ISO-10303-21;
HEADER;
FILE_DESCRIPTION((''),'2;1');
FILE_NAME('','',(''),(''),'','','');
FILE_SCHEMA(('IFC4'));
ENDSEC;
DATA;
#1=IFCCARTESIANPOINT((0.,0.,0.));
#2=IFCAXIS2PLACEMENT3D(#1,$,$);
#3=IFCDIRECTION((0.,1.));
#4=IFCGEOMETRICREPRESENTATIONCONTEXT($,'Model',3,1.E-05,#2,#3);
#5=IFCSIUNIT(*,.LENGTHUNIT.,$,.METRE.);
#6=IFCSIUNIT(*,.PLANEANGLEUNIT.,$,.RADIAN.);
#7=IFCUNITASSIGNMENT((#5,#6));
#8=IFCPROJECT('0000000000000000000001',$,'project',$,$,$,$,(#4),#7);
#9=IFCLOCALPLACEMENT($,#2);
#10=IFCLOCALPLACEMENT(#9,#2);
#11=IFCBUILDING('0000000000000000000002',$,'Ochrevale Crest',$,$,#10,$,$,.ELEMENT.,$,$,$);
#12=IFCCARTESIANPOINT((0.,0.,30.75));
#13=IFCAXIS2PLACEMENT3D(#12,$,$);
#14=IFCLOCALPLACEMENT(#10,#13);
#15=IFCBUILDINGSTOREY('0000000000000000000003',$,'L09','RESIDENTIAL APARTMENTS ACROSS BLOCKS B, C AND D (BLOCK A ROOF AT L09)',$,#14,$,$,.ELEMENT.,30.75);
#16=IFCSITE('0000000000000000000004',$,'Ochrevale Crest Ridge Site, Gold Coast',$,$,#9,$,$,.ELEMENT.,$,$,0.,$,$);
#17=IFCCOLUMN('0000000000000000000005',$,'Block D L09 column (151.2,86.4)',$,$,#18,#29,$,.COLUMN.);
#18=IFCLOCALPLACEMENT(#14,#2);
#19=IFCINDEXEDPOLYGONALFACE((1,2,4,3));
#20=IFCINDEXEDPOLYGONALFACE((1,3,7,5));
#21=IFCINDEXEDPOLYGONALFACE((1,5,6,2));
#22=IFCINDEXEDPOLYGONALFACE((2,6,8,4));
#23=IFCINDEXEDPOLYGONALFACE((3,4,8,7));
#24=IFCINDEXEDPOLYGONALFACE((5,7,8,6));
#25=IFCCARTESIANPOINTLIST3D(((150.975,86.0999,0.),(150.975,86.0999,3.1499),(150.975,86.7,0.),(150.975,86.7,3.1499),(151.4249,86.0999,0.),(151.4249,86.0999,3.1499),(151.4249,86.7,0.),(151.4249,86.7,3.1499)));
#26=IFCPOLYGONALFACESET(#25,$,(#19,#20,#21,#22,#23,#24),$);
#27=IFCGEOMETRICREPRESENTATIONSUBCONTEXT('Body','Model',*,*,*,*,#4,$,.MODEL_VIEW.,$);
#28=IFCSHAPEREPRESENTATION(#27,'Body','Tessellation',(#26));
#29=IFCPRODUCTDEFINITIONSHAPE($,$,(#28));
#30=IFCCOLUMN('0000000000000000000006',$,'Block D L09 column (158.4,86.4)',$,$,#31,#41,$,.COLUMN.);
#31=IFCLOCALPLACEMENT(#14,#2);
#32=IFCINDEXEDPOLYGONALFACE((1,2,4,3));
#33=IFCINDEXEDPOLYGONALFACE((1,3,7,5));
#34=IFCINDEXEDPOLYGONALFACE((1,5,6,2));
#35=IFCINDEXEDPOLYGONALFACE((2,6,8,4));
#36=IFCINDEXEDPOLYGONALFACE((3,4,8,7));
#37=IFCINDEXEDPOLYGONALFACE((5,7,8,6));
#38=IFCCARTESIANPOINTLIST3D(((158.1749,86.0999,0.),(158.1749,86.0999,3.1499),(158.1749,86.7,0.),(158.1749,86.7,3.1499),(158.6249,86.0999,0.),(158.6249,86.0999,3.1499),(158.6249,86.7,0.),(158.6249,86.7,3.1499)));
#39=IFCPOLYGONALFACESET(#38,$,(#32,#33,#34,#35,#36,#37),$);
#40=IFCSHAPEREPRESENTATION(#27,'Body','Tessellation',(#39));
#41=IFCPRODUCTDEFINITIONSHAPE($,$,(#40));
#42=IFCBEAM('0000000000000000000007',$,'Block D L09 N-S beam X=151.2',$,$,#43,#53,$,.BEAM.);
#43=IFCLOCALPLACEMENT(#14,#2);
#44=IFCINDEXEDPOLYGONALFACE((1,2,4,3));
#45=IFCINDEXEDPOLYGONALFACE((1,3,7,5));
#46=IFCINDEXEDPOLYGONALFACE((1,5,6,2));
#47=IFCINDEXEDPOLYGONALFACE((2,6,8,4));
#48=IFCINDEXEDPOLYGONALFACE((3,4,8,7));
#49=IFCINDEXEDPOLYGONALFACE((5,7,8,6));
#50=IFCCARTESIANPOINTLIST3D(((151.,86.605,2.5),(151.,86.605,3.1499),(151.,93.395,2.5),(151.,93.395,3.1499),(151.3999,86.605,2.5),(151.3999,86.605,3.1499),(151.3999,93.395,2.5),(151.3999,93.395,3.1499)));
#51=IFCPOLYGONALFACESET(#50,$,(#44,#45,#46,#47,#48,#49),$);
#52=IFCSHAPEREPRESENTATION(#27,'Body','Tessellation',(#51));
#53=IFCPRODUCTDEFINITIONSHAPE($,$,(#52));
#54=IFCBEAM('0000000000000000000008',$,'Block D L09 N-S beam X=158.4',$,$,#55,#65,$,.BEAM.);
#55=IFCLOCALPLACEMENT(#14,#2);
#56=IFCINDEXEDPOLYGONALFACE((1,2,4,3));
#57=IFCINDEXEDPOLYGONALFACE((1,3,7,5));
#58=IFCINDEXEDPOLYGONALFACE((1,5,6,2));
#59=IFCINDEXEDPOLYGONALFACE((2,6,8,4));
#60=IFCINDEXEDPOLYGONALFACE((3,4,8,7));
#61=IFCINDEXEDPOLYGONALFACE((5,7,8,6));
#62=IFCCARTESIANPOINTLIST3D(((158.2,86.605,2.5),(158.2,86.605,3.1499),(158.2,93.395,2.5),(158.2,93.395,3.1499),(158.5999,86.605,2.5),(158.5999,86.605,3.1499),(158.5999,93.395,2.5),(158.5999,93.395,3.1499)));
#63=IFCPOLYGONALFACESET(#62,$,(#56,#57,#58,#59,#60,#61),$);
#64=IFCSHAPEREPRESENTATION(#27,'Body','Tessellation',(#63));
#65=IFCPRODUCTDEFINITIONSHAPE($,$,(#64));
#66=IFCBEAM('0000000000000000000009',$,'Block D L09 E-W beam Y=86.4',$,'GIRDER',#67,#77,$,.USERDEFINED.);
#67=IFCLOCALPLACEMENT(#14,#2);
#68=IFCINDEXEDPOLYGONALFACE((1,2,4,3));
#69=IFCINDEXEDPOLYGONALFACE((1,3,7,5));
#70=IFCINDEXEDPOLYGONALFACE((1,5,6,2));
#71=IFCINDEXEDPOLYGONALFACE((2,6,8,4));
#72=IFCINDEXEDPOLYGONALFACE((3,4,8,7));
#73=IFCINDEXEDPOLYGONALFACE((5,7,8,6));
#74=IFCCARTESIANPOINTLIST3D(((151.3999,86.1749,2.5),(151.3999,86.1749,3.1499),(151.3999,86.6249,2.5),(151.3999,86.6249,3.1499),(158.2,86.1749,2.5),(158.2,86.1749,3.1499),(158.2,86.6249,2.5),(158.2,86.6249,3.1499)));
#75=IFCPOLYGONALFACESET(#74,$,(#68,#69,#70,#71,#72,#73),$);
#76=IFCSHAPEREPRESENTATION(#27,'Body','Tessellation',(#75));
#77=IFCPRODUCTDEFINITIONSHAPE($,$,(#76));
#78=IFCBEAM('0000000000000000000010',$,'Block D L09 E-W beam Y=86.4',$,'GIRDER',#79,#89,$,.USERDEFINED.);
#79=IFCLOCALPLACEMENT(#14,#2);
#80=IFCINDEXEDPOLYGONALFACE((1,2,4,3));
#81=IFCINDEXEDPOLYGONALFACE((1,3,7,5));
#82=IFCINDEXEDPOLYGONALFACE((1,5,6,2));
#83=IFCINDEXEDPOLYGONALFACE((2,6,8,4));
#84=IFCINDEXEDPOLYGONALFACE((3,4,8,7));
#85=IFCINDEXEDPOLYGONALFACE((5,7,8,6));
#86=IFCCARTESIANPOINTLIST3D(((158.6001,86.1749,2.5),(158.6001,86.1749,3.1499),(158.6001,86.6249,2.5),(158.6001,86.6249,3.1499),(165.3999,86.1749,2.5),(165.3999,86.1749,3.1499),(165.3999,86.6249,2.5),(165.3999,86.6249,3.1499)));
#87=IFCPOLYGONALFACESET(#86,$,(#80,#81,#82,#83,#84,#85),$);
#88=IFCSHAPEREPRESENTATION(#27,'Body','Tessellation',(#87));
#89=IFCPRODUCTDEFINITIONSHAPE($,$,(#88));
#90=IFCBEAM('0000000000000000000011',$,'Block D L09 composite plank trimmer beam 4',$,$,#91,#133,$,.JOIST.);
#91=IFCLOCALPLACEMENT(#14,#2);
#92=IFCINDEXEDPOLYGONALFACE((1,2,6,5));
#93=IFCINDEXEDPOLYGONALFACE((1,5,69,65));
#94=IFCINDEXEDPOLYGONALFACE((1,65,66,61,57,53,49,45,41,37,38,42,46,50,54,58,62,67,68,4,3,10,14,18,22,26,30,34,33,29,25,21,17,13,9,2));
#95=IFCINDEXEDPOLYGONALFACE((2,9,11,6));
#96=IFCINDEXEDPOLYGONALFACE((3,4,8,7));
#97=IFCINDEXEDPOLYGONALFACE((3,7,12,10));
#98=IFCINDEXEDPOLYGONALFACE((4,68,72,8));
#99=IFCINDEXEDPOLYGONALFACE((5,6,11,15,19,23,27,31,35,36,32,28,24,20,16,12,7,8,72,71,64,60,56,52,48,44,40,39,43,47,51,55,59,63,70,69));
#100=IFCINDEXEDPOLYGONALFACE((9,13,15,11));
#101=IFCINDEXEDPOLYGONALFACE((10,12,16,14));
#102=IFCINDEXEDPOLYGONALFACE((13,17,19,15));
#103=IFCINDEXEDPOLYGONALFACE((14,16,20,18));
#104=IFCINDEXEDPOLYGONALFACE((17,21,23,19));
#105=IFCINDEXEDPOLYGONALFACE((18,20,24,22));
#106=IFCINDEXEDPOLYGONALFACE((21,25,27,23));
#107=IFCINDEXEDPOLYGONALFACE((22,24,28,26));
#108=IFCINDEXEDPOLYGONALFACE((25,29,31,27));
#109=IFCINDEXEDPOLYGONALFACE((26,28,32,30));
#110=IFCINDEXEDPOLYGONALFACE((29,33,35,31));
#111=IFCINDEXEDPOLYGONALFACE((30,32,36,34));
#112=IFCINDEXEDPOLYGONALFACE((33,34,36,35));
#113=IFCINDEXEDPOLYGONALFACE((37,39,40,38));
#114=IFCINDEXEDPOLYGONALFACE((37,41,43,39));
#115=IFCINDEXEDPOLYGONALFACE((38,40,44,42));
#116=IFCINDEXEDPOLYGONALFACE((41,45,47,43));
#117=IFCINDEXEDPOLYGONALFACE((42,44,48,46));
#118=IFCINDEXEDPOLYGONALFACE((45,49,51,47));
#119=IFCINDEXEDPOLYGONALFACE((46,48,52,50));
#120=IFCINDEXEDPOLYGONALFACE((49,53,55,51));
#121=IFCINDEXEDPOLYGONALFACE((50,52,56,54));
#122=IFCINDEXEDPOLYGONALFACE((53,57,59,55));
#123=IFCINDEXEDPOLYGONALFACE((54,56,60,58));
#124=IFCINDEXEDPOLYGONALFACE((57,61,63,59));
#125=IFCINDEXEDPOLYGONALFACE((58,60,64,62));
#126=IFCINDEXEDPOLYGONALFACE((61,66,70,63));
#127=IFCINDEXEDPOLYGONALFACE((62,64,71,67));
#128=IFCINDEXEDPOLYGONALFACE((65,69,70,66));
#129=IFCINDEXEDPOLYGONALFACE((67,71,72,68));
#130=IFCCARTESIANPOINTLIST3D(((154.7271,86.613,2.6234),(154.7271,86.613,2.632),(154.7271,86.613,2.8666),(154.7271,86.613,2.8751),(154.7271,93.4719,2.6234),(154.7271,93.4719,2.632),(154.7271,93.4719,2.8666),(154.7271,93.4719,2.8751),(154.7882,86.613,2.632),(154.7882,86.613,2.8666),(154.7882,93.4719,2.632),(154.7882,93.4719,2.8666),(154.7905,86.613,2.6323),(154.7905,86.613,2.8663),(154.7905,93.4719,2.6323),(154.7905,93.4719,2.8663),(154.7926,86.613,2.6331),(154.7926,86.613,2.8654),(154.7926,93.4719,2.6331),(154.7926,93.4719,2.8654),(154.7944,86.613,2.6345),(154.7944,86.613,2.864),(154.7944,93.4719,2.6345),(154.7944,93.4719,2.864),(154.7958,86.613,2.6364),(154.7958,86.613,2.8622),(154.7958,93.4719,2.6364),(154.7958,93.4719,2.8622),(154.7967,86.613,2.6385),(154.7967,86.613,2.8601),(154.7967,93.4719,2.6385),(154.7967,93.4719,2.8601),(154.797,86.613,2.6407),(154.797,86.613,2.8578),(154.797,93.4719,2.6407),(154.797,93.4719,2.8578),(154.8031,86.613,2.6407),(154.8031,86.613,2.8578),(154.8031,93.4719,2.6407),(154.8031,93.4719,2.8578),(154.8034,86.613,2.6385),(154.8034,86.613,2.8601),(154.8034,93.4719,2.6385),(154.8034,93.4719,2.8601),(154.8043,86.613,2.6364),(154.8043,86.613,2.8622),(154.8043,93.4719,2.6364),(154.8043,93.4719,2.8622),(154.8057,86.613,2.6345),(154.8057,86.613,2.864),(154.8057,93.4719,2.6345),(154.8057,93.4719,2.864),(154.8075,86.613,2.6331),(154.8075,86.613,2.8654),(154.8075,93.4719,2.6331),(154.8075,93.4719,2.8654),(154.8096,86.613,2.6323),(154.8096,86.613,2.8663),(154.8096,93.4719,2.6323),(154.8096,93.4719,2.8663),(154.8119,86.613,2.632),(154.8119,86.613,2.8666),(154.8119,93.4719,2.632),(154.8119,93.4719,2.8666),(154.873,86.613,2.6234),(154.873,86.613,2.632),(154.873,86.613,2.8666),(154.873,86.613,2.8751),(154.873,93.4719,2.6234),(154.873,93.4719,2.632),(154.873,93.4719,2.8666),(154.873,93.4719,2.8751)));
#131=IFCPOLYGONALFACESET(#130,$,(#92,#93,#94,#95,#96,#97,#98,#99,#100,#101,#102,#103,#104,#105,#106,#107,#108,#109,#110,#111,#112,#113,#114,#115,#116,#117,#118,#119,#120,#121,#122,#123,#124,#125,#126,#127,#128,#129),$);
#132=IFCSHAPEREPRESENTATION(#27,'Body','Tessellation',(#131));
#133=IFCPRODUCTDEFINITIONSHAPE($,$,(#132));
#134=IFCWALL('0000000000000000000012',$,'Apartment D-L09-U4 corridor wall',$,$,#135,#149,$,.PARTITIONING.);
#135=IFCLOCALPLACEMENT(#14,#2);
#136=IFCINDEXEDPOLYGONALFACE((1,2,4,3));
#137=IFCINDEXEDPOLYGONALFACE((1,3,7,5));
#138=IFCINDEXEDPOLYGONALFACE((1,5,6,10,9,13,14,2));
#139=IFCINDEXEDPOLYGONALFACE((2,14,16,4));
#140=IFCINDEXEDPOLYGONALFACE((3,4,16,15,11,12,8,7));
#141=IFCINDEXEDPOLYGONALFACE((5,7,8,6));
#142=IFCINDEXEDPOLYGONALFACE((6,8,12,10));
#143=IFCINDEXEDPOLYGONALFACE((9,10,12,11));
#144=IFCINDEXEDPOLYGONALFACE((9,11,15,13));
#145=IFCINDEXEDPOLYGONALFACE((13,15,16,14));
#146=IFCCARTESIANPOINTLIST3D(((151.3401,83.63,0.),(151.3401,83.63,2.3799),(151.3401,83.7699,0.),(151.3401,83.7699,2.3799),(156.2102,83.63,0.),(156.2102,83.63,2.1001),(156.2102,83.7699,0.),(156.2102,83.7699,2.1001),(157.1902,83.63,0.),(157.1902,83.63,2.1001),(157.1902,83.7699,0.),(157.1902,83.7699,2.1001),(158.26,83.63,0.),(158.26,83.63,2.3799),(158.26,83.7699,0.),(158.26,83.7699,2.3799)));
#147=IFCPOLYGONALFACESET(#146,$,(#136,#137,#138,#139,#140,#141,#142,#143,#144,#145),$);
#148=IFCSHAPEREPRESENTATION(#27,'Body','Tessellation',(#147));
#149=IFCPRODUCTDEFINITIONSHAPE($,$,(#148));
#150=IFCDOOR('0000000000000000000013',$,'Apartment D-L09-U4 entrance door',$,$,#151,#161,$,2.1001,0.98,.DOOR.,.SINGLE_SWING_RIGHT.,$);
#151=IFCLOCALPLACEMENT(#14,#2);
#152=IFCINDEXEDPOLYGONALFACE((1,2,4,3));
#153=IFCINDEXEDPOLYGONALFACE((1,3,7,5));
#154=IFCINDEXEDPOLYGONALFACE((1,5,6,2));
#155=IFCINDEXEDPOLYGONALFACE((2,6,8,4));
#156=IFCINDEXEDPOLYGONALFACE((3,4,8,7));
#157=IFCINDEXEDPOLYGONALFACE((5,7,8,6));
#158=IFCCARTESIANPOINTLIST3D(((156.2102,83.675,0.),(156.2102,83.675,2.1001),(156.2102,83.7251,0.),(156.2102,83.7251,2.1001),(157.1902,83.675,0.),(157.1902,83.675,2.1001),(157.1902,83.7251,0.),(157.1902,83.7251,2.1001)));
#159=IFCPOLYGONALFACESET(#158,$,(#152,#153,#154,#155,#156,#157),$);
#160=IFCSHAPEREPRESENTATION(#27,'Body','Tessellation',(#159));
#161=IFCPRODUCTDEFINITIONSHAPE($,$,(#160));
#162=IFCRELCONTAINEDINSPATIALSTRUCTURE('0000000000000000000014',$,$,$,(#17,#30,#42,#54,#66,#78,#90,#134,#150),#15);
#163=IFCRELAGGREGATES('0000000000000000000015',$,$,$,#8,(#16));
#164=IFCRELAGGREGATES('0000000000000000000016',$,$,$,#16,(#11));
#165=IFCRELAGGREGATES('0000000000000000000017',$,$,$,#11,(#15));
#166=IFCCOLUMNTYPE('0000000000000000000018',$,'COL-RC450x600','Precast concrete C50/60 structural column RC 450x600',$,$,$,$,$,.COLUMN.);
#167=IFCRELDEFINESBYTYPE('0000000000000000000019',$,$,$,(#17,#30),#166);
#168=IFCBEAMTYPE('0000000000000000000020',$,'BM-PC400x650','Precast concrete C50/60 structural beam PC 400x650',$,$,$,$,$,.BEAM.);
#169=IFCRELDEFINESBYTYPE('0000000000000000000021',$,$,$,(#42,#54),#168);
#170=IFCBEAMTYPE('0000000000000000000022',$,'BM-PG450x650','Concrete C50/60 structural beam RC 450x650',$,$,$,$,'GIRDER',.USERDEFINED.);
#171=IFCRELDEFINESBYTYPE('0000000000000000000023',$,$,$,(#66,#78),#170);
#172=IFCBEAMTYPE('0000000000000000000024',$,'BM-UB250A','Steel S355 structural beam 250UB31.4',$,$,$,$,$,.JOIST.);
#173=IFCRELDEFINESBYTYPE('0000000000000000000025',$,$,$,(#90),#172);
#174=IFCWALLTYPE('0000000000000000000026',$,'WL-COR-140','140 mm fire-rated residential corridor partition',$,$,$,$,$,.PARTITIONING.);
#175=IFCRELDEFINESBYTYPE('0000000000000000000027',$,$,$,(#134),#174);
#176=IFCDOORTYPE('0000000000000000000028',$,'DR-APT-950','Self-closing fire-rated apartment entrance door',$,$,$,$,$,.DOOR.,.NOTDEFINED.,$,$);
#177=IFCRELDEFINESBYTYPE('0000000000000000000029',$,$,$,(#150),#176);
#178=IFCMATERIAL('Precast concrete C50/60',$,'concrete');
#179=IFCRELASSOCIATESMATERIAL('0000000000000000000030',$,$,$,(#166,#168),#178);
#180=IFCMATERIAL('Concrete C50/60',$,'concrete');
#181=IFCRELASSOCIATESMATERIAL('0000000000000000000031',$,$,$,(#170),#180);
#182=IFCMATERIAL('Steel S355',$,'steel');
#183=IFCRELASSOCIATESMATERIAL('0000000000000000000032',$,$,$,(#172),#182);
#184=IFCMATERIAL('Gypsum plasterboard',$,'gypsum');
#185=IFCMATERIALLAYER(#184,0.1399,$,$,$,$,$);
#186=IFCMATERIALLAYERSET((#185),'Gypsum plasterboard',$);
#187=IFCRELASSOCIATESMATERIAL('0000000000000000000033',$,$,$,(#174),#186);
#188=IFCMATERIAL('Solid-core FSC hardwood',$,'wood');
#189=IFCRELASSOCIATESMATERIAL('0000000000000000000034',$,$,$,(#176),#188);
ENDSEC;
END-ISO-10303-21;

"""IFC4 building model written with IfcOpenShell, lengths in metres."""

from ifc_helpers import new_model, si_unit, direction, frame, frame_2d, origin, origin_2d, place, context, subcontext, project, spatial, rectangle, i_section, extrude, material, layer, layer_set, material_profile, profile_set, type_object, element, fill, save


model = new_model("IFC4")

# Units and contexts
model_context = context("Model", 3, precision=1e-05, world=origin(), true_north=direction((0.0, 1.0)))
body_context = subcontext(model_context, "Body", "Model", "MODEL_VIEW")
ifc_project = project(units=[si_unit("LENGTHUNIT", "METRE"), si_unit("PLANEANGLEUNIT", "RADIAN")], contexts=[model_context])

# Site, building, storey
site_placement = place(None, origin())
site = spatial("IfcSite", under=ifc_project, at=site_placement, Name="Ochrevale Crest Ridge Site, Gold Coast", CompositionType="ELEMENT", RefElevation=0.0)
building_placement = place(site_placement, origin())
building = spatial("IfcBuilding", under=site, at=building_placement, Name="Ochrevale Crest", CompositionType="ELEMENT")
storey_placement = place(building_placement, frame((0.0, 0.0, 30.75)))
storey = spatial("IfcBuildingStorey", under=building, at=storey_placement, Name="L09", Description="RESIDENTIAL APARTMENTS ACROSS BLOCKS B, C AND D (BLOCK A ROOF AT L09)", CompositionType="ELEMENT", Elevation=30.75)

# Columns
ifc_material_1 = material(Name="Precast concrete C50/60", Category="concrete")
ifc_material_profile_1 = material_profile(ifc_material_1, rectangle(XDim=0.45, YDim=0.6001, at=origin_2d()), Name="RC 450x600")
ifc_profile_set_1 = profile_set([ifc_material_profile_1], Name="Precast concrete C50/60")
column_type = type_object("IfcColumnType", Name="COL-RC450x600", Description="Precast concrete C50/60 structural column RC 450x600", PredefinedType="COLUMN", material=ifc_profile_set_1)
for number, where, z_axis, x_axis, name in (
    (1, (151.2, 86.3999, 0.0), (0.0, 0.0, 1.0), (1.0, 0.0, 0.0), "Block D L09 column (151.2,86.4)"),
    (2, (158.3999, 86.3999, 0.0), (0.0, 0.0, 1.0), (1.0, 0.0, 0.0), "Block D L09 column (158.4,86.4)"),
):
    element("IfcColumn", number, at=place(storey_placement, frame(where, z_axis=z_axis, x_axis=x_axis)), inside=storey, type_object=column_type, Name=name, PredefinedType="COLUMN", context=body_context, shape_type="SweptSolid", body=[
        extrude(rectangle(XDim=0.45, YDim=0.6001, at=origin_2d()), origin(), (0.0, 0.0, 1.0), 3.1499),
    ])

# Beams
ifc_material_profile_2 = material_profile(ifc_material_1, rectangle(XDim=0.3999, YDim=0.6499, at=origin_2d()), Name="PC 400x650")
ifc_profile_set_2 = profile_set([ifc_material_profile_2], Name="Precast concrete C50/60")
beam_type_1 = type_object("IfcBeamType", Name="BM-PC400x650", Description="Precast concrete C50/60 structural beam PC 400x650", PredefinedType="BEAM", material=ifc_profile_set_2)
for number, where, z_axis, x_axis, name in (
    (3, (151.2, 86.605, 2.825), (0.0, 1.0, 0.0), (-1.0, 0.0, 0.0), "Block D L09 N-S beam X=151.2"),
    (4, (158.3999, 86.605, 2.825), (0.0, 1.0, 0.0), (-1.0, 0.0, 0.0), "Block D L09 N-S beam X=158.4"),
):
    element("IfcBeam", number, at=place(storey_placement, frame(where, z_axis=z_axis, x_axis=x_axis)), inside=storey, type_object=beam_type_1, Name=name, PredefinedType="BEAM", context=body_context, shape_type="SweptSolid", body=[
        extrude(rectangle(XDim=0.3999, YDim=0.6499, at=origin_2d()), origin(), (0.0, 0.0, 1.0), 6.79),
    ])
ifc_material_2 = material(Name="Concrete C50/60", Category="concrete")
ifc_material_profile_3 = material_profile(ifc_material_2, rectangle(XDim=0.45, YDim=0.6499, at=origin_2d()), Name="RC 450x650")
ifc_profile_set_3 = profile_set([ifc_material_profile_3], Name="Concrete C50/60")
beam_type_2 = type_object("IfcBeamType", Name="BM-PG450x650", Description="Concrete C50/60 structural beam RC 450x650", ElementType="GIRDER", PredefinedType="USERDEFINED", material=ifc_profile_set_3)
beam_1_placement = place(storey_placement, frame((151.3999, 86.3999, 2.825), z_axis=(1.0, 0.0, 0.0), x_axis=(0.0, 1.0, 0.0)))
element("IfcBeam", 5, at=beam_1_placement, inside=storey, type_object=beam_type_2, Name="Block D L09 E-W beam Y=86.4", ObjectType="GIRDER", PredefinedType="USERDEFINED", context=body_context, shape_type="SweptSolid", body=[
    extrude(rectangle(XDim=0.45, YDim=0.6499, at=origin_2d()), origin(), (0.0, 0.0, 1.0), 6.8),
])
beam_2_placement = place(storey_placement, frame((158.6001, 86.3999, 2.825), z_axis=(1.0, 0.0, 0.0), x_axis=(0.0, 1.0, 0.0)))
element("IfcBeam", 6, at=beam_2_placement, inside=storey, type_object=beam_type_2, Name="Block D L09 E-W beam Y=86.4", ObjectType="GIRDER", PredefinedType="USERDEFINED", context=body_context, shape_type="SweptSolid", body=[
    extrude(rectangle(XDim=0.45, YDim=0.6499, at=origin_2d()), origin(), (0.0, 0.0, 1.0), 6.7998),
])
ifc_material_3 = material(Name="Steel S355", Category="steel")
ifc_material_profile_4 = material_profile(ifc_material_3, i_section(OverallWidth=0.146, OverallDepth=0.2517, WebThickness=0.0061, FlangeThickness=0.0085, FilletRadius=0.0088, at=origin_2d()), Name="250UB31.4")
ifc_profile_set_4 = profile_set([ifc_material_profile_4], Name="Steel S355")
beam_type_3 = type_object("IfcBeamType", Name="BM-UB250A", Description="Steel S355 structural beam 250UB31.4", PredefinedType="JOIST", material=ifc_profile_set_4)
beam_3_placement = place(storey_placement, frame((154.8, 86.613, 2.7493), z_axis=(0.0, 1.0, 0.0), x_axis=(-1.0, 0.0, 0.0)))
element("IfcBeam", 7, at=beam_3_placement, inside=storey, type_object=beam_type_3, Name="Block D L09 composite plank trimmer beam 4", PredefinedType="JOIST", context=body_context, shape_type="SweptSolid", body=[
    extrude(i_section(OverallWidth=0.146, OverallDepth=0.2517, WebThickness=0.0061, FlangeThickness=0.0085, FilletRadius=0.0088, at=origin_2d()), origin(), (0.0, 0.0, 1.0), 6.8589),
])

# Wall, opening, door
ifc_material_4 = material(Name="Gypsum plasterboard", Category="gypsum")
ifc_layer_1 = layer(ifc_material_4, 0.1399)
ifc_layer_set_1 = layer_set([ifc_layer_1], Name="Gypsum plasterboard")
wall_type_1 = type_object("IfcWallType", Name="WL-COR-140", Description="140 mm fire-rated residential corridor partition", PredefinedType="PARTITIONING", material=ifc_layer_set_1)
wall_1_placement = place(storey_placement, frame((151.3401, 83.7, 0.0), z_axis=(0.0, 0.0, 1.0), x_axis=(1.0, 0.0, 0.0)))
wall_1 = element("IfcWall", 8, at=wall_1_placement, inside=storey, type_object=wall_type_1, Name="Apartment D-L09-U4 corridor wall", PredefinedType="PARTITIONING", context=body_context, shape_type="SweptSolid", body=[
    extrude(rectangle(XDim=6.9199, YDim=0.1399, at=frame_2d((3.46, 0.0))), origin(), (0.0, 0.0, 1.0), 2.3799),
])
opening_1_placement = place(wall_1_placement, frame((5.8501, 0.0, 0.0), z_axis=(0.0, 0.0, 1.0), x_axis=(-1.0, 0.0, 0.0)))
opening_1 = element("IfcOpeningElement", 9, at=opening_1_placement, cuts=wall_1, PredefinedType="OPENING", context=body_context, shape_type="SweptSolid", body=[
    extrude(rectangle(XDim=0.98, YDim=2.1001, at=frame_2d((0.49, 1.05))), frame((0.0, 0.0801, 0.0), z_axis=(0.0, -1.0, 0.0), x_axis=(1.0, 0.0, 0.0)), (0.0, 0.0, 1.0), 0.1599),
])
ifc_material_5 = material(Name="Solid-core FSC hardwood", Category="wood")
door_type_1 = type_object("IfcDoorType", Name="DR-APT-950", Description="Self-closing fire-rated apartment entrance door", OperationType="NOTDEFINED", PredefinedType="DOOR", material=ifc_material_5)
door_1_placement = place(opening_1_placement, origin())
door_1 = element("IfcDoor", 10, at=door_1_placement, inside=storey, type_object=door_type_1, Name="Apartment D-L09-U4 entrance door", OperationType="SINGLE_SWING_RIGHT", OverallHeight=2.1001, OverallWidth=0.98, PredefinedType="DOOR", context=body_context, shape_type="SweptSolid", body=[
    extrude(rectangle(XDim=0.98, YDim=2.1001, at=frame_2d((0.49, 1.05))), frame((0.0, 0.0249, 0.0), z_axis=(0.0, -1.0, 0.0), x_axis=(1.0, 0.0, 0.0)), (0.0, 0.0, 1.0), 0.05),
])
fill(opening_1, door_1)

save(model, "model.ifc")
